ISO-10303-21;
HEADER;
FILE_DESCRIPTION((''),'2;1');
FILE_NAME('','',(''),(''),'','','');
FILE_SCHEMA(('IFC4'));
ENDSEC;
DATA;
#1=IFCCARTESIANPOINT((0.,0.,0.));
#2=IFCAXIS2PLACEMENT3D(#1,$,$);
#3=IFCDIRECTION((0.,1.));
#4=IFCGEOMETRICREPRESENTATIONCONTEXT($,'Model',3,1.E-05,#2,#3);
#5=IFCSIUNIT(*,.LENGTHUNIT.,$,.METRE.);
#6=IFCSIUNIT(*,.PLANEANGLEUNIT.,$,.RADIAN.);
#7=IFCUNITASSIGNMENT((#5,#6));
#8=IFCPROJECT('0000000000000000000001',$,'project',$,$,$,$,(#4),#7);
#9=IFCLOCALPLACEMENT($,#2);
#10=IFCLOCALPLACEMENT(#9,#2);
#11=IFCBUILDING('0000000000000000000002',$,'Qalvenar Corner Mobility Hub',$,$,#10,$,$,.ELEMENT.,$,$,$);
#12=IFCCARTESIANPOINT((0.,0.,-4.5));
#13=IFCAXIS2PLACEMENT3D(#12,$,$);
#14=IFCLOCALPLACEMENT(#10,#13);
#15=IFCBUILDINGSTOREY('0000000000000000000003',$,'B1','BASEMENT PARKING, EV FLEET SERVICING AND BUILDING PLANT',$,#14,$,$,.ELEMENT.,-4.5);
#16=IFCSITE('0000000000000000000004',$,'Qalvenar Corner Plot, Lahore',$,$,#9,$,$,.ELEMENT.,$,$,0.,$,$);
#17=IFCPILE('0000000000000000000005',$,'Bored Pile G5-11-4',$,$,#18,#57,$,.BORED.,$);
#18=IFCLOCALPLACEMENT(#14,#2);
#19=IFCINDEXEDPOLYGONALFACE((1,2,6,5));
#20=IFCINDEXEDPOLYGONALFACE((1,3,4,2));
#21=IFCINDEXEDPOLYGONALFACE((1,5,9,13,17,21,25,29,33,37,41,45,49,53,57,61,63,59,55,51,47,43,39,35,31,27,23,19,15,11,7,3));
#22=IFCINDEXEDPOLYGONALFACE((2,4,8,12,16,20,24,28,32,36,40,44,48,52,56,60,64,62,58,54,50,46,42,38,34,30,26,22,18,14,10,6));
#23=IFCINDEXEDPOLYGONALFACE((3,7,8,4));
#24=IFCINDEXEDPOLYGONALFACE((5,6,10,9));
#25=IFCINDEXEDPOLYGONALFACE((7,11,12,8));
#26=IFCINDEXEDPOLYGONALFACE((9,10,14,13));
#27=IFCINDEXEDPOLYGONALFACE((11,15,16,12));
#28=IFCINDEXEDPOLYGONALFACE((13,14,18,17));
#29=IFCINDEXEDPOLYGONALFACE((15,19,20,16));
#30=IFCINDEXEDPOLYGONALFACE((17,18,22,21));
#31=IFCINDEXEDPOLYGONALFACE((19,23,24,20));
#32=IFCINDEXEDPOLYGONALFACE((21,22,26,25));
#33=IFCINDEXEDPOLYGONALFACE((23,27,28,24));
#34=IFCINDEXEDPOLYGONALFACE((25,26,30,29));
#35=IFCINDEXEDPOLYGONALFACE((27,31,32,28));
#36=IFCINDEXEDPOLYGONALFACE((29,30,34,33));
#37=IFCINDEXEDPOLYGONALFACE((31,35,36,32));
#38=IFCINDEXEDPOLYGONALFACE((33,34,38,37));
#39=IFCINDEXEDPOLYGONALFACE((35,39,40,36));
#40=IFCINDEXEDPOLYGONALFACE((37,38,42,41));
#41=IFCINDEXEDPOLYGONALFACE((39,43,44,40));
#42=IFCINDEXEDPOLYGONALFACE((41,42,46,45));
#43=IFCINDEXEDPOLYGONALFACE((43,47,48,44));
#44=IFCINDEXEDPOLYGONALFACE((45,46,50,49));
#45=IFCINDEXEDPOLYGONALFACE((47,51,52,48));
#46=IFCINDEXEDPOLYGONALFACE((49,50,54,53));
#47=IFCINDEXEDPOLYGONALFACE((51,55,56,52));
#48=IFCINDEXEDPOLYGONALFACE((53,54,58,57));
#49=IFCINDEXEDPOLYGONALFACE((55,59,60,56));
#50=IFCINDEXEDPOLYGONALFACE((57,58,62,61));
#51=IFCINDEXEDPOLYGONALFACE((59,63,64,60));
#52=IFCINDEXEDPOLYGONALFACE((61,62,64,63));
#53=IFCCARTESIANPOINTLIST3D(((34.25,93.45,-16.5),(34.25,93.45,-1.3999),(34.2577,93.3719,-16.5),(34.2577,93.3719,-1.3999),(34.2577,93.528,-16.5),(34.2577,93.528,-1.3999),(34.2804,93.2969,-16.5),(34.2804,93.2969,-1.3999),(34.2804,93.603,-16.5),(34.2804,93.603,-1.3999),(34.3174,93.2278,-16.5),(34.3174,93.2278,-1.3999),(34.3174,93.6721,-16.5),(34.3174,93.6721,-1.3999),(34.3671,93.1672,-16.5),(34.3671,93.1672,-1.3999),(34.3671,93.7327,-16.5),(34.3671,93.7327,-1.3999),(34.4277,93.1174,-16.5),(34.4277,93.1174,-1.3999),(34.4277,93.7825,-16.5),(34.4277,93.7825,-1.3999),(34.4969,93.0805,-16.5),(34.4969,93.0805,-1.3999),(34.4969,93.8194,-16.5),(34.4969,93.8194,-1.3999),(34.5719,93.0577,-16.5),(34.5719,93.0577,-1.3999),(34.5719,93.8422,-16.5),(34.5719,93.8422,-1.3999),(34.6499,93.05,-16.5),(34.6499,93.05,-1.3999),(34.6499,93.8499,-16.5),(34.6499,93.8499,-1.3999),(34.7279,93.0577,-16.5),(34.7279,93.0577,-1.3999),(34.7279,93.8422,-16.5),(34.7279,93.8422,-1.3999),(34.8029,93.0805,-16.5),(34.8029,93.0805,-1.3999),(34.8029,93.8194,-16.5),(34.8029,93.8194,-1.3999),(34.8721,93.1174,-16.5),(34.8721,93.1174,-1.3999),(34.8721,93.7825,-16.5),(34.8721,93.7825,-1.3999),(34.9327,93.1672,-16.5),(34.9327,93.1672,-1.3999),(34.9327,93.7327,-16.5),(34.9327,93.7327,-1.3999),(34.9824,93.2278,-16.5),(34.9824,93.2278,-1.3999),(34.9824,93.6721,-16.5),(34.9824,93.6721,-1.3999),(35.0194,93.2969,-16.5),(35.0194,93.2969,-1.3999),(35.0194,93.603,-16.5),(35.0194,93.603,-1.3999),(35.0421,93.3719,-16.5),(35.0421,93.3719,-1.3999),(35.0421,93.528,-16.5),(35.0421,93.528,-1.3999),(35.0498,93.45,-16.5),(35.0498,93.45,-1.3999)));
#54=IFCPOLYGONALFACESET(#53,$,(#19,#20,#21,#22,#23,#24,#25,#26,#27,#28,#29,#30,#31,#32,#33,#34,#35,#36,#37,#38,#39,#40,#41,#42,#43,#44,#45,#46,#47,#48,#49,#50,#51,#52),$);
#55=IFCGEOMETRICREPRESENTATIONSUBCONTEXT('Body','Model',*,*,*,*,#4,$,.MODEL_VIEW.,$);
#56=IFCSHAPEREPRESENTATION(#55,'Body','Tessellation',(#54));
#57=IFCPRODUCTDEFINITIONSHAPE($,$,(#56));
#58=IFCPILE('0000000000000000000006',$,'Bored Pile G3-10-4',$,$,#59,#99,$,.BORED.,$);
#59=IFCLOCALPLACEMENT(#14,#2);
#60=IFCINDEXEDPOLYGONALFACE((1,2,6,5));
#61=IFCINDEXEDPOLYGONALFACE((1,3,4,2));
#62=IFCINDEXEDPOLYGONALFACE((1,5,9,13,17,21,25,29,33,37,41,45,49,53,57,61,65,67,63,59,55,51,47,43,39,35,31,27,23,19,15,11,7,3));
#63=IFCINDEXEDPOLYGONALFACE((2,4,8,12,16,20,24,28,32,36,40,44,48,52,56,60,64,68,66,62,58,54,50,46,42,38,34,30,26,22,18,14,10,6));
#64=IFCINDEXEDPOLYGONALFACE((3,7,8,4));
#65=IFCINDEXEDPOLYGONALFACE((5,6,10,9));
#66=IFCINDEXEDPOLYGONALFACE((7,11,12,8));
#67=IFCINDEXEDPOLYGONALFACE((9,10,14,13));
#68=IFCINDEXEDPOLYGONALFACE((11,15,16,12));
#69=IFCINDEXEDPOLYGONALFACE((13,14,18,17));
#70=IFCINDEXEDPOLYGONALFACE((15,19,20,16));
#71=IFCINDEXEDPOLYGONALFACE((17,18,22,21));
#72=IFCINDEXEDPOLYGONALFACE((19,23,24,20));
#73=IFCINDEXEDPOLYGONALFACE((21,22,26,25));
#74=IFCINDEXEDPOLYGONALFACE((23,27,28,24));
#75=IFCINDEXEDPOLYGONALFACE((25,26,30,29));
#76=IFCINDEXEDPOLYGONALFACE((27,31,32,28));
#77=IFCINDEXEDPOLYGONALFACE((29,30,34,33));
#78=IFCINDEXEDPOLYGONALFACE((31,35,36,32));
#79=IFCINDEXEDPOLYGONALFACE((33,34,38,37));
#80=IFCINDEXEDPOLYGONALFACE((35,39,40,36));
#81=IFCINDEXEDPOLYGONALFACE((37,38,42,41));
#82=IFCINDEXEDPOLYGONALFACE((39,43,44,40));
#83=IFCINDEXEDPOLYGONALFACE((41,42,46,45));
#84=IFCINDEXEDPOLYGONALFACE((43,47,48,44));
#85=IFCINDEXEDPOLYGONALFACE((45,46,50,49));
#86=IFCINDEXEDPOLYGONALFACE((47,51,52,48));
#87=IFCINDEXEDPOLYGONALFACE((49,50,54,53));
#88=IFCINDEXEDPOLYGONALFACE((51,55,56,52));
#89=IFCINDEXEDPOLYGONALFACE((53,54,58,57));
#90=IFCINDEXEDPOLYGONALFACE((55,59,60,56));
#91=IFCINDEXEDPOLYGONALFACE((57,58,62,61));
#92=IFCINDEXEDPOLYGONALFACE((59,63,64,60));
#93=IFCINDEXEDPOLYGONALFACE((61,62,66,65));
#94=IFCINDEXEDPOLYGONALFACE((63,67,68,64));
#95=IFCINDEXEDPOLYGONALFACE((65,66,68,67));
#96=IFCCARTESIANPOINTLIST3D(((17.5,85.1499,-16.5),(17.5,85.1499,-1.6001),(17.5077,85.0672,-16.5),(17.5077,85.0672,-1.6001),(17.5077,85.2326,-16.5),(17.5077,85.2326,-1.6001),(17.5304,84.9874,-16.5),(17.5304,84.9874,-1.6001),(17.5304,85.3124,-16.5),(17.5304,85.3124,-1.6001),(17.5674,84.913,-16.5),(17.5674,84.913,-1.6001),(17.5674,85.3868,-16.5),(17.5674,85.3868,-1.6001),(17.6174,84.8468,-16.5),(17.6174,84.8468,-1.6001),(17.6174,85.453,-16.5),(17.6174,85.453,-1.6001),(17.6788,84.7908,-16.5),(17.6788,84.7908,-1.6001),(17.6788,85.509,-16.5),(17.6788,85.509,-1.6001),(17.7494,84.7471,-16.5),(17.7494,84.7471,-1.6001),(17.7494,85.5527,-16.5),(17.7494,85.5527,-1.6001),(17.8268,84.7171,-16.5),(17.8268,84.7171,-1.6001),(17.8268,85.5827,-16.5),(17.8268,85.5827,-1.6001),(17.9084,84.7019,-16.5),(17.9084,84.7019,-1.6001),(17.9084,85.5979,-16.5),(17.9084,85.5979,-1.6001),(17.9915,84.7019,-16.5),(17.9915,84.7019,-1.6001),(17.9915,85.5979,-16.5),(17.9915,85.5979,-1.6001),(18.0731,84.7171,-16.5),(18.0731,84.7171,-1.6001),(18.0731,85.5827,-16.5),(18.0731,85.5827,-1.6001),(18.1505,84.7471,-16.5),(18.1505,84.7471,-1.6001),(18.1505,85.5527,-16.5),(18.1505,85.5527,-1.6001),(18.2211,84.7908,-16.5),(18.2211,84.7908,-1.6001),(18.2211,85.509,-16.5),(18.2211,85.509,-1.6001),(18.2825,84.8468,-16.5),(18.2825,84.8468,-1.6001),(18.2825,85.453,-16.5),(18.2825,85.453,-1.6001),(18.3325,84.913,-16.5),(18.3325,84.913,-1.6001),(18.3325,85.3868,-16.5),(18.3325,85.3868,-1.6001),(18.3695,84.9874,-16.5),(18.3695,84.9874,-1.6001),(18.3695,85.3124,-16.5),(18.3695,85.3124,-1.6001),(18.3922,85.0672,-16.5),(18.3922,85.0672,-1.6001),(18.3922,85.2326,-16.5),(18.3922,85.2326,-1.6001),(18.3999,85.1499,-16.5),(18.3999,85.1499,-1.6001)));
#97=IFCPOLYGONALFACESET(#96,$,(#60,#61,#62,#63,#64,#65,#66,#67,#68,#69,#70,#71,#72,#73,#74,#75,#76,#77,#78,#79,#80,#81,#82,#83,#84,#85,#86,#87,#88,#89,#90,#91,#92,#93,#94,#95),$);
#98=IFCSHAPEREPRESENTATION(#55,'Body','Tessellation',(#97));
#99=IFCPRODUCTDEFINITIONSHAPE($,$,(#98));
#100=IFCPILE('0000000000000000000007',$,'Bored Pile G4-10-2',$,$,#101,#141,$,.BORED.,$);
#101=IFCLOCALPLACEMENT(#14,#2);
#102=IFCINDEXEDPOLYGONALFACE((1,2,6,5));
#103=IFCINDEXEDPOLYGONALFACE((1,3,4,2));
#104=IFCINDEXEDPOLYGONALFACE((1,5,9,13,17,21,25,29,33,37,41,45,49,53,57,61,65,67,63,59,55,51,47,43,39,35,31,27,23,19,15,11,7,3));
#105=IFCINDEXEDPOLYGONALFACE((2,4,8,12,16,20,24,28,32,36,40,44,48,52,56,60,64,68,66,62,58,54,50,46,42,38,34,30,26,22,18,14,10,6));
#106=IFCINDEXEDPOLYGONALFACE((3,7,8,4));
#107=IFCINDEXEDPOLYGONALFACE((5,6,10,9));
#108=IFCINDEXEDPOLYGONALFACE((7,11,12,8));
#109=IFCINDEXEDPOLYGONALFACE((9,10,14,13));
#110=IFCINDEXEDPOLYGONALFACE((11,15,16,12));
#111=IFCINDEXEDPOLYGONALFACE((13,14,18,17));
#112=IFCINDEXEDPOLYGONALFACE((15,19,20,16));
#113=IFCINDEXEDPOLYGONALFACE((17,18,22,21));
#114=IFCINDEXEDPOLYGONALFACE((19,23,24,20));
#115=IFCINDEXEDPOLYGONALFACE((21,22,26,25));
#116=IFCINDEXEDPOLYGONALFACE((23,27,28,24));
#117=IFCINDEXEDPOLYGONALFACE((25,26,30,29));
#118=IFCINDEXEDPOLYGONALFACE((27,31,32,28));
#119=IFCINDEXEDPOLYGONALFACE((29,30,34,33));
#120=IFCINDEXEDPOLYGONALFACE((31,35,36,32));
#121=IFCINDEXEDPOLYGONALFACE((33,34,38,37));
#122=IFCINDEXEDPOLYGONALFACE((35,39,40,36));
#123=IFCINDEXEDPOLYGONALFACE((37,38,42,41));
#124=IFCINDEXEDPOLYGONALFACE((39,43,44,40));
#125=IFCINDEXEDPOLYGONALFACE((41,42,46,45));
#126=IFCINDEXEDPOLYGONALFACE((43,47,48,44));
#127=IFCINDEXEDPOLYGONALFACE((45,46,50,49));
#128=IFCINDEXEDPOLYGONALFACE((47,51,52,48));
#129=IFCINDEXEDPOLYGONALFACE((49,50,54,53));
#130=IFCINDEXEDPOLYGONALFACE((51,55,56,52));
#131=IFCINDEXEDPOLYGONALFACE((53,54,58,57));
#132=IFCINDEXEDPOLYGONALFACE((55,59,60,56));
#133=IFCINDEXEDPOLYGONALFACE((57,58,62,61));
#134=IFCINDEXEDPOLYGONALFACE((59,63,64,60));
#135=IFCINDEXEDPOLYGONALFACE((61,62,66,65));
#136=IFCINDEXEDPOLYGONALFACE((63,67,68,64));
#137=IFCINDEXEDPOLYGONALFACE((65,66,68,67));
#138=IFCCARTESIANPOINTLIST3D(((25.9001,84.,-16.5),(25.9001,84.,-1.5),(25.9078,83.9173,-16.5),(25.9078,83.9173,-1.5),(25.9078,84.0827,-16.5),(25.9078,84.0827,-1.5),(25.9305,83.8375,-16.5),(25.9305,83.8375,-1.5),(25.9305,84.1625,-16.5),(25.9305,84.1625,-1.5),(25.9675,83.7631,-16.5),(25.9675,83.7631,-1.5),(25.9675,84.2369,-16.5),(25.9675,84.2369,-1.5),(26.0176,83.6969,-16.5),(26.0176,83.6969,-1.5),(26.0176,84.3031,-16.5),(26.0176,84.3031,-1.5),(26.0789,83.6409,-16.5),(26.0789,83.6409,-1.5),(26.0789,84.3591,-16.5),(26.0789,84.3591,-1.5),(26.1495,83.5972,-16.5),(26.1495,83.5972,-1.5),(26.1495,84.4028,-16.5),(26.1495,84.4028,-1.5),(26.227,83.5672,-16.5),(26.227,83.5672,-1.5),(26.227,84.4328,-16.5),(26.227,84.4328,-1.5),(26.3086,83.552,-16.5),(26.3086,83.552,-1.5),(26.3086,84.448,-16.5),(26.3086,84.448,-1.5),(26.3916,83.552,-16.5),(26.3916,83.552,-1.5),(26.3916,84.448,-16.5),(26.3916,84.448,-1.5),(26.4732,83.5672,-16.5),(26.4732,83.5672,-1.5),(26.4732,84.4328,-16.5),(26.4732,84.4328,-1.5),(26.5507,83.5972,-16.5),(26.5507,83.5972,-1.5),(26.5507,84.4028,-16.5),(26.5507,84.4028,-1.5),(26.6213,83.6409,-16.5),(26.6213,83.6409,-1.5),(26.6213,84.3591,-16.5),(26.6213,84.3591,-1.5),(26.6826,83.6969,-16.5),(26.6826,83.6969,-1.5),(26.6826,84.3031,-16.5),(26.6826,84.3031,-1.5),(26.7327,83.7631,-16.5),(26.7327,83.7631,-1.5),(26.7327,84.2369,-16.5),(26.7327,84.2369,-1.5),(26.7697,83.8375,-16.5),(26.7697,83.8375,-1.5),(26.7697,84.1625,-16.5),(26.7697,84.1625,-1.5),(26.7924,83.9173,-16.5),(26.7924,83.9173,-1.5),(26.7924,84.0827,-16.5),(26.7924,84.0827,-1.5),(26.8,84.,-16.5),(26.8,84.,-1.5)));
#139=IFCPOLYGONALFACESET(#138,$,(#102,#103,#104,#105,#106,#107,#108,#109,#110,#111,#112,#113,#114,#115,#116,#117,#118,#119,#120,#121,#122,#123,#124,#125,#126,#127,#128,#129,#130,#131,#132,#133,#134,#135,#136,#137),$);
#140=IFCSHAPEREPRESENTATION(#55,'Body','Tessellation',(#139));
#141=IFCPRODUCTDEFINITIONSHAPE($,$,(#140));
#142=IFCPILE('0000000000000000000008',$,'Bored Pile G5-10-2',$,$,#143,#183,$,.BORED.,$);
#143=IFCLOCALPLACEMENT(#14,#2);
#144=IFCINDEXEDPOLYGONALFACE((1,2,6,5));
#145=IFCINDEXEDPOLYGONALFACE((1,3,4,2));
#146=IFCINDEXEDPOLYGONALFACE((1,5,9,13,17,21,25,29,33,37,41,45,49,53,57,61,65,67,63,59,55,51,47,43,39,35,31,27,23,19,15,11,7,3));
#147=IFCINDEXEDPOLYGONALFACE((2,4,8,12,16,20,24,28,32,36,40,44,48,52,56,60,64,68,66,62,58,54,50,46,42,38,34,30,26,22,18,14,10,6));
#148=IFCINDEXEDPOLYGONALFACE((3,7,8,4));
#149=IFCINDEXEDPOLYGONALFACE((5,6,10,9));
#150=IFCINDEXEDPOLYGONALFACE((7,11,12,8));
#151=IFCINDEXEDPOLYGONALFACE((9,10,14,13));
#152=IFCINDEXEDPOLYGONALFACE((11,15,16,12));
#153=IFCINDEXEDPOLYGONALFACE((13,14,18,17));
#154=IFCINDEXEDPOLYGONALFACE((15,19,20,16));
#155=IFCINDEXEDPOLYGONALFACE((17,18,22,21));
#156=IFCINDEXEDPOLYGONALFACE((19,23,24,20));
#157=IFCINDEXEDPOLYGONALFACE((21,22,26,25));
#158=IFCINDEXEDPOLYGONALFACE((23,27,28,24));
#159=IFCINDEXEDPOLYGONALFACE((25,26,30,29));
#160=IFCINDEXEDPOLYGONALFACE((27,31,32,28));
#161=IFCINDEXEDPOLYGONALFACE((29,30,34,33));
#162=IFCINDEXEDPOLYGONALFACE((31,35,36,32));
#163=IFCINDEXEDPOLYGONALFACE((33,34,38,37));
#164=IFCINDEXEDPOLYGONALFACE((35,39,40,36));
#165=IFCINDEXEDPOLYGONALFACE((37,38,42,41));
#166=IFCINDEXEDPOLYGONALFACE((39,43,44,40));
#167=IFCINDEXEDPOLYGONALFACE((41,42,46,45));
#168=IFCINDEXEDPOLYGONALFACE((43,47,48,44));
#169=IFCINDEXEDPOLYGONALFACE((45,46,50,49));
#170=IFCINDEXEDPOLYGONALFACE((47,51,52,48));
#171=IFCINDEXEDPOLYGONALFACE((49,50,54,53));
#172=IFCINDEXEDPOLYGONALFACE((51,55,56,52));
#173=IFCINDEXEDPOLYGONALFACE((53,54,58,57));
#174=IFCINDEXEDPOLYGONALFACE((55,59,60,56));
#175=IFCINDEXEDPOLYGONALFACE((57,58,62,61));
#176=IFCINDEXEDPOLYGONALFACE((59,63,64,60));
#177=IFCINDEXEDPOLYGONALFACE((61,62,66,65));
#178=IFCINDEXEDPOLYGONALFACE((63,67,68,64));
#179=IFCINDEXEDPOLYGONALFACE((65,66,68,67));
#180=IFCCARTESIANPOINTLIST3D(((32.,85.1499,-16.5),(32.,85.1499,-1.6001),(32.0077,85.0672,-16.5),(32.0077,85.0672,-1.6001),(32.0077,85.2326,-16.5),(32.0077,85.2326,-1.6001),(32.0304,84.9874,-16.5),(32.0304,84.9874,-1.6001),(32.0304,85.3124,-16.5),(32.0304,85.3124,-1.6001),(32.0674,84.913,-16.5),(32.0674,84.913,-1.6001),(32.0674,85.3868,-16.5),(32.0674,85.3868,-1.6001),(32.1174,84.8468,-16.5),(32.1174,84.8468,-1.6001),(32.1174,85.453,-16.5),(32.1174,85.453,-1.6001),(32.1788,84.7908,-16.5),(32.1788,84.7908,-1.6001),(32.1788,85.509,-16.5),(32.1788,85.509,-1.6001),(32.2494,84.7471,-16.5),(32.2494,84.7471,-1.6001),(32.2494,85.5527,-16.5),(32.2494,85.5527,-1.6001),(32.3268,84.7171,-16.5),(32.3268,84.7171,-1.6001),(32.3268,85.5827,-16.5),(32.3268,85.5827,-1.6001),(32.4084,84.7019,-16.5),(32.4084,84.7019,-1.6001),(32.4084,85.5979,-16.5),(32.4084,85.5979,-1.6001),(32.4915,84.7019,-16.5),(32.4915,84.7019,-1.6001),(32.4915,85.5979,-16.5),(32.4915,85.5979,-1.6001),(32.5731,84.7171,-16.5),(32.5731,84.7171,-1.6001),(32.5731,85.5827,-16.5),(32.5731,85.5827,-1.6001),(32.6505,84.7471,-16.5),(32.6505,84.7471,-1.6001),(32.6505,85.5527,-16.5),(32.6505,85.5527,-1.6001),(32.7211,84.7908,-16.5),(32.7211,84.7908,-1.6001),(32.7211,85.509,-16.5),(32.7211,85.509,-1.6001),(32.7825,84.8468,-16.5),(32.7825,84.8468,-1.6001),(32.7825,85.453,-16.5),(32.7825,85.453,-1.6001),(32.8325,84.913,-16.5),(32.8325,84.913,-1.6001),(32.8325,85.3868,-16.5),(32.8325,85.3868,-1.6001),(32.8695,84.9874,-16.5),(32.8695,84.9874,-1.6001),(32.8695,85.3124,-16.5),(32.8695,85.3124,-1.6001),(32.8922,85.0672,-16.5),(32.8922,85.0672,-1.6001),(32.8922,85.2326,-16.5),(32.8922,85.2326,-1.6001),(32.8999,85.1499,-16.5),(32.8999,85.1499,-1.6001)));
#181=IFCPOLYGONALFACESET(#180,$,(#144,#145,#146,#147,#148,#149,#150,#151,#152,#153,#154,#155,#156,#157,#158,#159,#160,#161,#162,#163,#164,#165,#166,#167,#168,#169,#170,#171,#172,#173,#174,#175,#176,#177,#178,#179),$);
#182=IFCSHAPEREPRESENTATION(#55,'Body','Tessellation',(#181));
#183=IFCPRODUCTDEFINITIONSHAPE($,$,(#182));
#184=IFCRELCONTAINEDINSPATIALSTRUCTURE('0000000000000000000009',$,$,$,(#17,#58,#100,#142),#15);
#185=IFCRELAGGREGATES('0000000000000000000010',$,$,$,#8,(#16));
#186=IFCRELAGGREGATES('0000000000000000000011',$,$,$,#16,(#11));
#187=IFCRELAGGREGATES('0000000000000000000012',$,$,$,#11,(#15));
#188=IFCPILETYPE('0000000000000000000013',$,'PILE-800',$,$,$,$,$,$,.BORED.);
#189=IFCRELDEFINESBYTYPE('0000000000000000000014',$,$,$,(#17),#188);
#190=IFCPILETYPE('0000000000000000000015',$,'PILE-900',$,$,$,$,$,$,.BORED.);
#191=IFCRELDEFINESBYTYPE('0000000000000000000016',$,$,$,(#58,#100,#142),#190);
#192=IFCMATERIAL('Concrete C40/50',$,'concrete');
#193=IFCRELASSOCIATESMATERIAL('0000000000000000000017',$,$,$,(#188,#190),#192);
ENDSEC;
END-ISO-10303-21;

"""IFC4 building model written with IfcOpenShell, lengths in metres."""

from ifc_helpers import new_model, si_unit, direction, frame, origin, origin_2d, place, context, subcontext, project, spatial, circle, extrude, material, material_profile, profile_set, type_object, element, save


model = new_model("IFC4")

# Units and contexts
model_context = context("Model", 3, precision=1e-05, world=origin(), true_north=direction((0.0, 1.0)))
body_context = subcontext(model_context, "Body", "Model", "MODEL_VIEW")
ifc_project = project(units=[si_unit("LENGTHUNIT", "METRE"), si_unit("PLANEANGLEUNIT", "RADIAN")], contexts=[model_context])

# Site, building, storey
site_placement = place(None, origin())
site = spatial("IfcSite", under=ifc_project, at=site_placement, Name="Qalvenar Corner Plot, Lahore", CompositionType="ELEMENT", RefElevation=0.0)
building_placement = place(site_placement, origin())
building = spatial("IfcBuilding", under=site, at=building_placement, Name="Qalvenar Corner Mobility Hub", CompositionType="ELEMENT")
storey_placement = place(building_placement, frame((0.0, 0.0, -4.5)))
storey = spatial("IfcBuildingStorey", under=building, at=storey_placement, Name="B1", Description="BASEMENT PARKING, EV FLEET SERVICING AND BUILDING PLANT", CompositionType="ELEMENT", Elevation=-4.5)

# Shared definitions
ifc_material_1 = material(Name="Concrete C40/50", Category="concrete")

# Piles
ifc_material_profile_1 = material_profile(ifc_material_1, circle(Radius=0.3999, at=origin_2d()), Name="DIA800")
ifc_profile_set_1 = profile_set([ifc_material_profile_1], Name="Concrete C40/50")
pile_type_1 = type_object("IfcPileType", Name="PILE-800", PredefinedType="BORED", material=ifc_profile_set_1)
for number, where, z_axis, x_axis, name in (
    (1, (34.6499, 93.45, -1.3999), (0.0, 0.0, -1.0), (1.0, 0.0, 0.0), "Bored Pile G5-11-4"),
):
    element("IfcPile", number, at=place(storey_placement, frame(where, z_axis=z_axis, x_axis=x_axis)), inside=storey, type_object=pile_type_1, Name=name, PredefinedType="BORED", context=body_context, shape_type="SweptSolid", body=[
        extrude(circle(Radius=0.3999, at=origin_2d()), origin(), (0.0, 0.0, 1.0), 15.1001),
    ])
ifc_material_profile_2 = material_profile(ifc_material_1, circle(Radius=0.45, at=origin_2d()), Name="DIA900")
ifc_profile_set_2 = profile_set([ifc_material_profile_2], Name="Concrete C40/50")
pile_type_2 = type_object("IfcPileType", Name="PILE-900", PredefinedType="BORED", material=ifc_profile_set_2)
pile_1_placement = place(storey_placement, frame((17.95, 85.1499, -1.6001), z_axis=(0.0, 0.0, -1.0), x_axis=(1.0, 0.0, 0.0)))
element("IfcPile", 2, at=pile_1_placement, inside=storey, type_object=pile_type_2, Name="Bored Pile G3-10-4", PredefinedType="BORED", context=body_context, shape_type="SweptSolid", body=[
    extrude(circle(Radius=0.45, at=origin_2d()), origin(), (0.0, 0.0, 1.0), 14.8999),
])
pile_2_placement = place(storey_placement, frame((26.3501, 84.0, -1.5), z_axis=(0.0, 0.0, -1.0), x_axis=(1.0, 0.0, 0.0)))
element("IfcPile", 3, at=pile_2_placement, inside=storey, type_object=pile_type_2, Name="Bored Pile G4-10-2", PredefinedType="BORED", context=body_context, shape_type="SweptSolid", body=[
    extrude(circle(Radius=0.45, at=origin_2d()), origin(), (0.0, 0.0, 1.0), 15.0),
])
for number, where, z_axis, x_axis, name in (
    (4, (32.45, 85.1499, -1.6001), (0.0, 0.0, -1.0), (1.0, 0.0, 0.0), "Bored Pile G5-10-2"),
):
    element("IfcPile", number, at=place(storey_placement, frame(where, z_axis=z_axis, x_axis=x_axis)), inside=storey, type_object=pile_type_2, Name=name, PredefinedType="BORED", context=body_context, shape_type="SweptSolid", body=[
        extrude(circle(Radius=0.45, at=origin_2d()), origin(), (0.0, 0.0, 1.0), 14.8999),
    ])

save(model, "model.ifc")
